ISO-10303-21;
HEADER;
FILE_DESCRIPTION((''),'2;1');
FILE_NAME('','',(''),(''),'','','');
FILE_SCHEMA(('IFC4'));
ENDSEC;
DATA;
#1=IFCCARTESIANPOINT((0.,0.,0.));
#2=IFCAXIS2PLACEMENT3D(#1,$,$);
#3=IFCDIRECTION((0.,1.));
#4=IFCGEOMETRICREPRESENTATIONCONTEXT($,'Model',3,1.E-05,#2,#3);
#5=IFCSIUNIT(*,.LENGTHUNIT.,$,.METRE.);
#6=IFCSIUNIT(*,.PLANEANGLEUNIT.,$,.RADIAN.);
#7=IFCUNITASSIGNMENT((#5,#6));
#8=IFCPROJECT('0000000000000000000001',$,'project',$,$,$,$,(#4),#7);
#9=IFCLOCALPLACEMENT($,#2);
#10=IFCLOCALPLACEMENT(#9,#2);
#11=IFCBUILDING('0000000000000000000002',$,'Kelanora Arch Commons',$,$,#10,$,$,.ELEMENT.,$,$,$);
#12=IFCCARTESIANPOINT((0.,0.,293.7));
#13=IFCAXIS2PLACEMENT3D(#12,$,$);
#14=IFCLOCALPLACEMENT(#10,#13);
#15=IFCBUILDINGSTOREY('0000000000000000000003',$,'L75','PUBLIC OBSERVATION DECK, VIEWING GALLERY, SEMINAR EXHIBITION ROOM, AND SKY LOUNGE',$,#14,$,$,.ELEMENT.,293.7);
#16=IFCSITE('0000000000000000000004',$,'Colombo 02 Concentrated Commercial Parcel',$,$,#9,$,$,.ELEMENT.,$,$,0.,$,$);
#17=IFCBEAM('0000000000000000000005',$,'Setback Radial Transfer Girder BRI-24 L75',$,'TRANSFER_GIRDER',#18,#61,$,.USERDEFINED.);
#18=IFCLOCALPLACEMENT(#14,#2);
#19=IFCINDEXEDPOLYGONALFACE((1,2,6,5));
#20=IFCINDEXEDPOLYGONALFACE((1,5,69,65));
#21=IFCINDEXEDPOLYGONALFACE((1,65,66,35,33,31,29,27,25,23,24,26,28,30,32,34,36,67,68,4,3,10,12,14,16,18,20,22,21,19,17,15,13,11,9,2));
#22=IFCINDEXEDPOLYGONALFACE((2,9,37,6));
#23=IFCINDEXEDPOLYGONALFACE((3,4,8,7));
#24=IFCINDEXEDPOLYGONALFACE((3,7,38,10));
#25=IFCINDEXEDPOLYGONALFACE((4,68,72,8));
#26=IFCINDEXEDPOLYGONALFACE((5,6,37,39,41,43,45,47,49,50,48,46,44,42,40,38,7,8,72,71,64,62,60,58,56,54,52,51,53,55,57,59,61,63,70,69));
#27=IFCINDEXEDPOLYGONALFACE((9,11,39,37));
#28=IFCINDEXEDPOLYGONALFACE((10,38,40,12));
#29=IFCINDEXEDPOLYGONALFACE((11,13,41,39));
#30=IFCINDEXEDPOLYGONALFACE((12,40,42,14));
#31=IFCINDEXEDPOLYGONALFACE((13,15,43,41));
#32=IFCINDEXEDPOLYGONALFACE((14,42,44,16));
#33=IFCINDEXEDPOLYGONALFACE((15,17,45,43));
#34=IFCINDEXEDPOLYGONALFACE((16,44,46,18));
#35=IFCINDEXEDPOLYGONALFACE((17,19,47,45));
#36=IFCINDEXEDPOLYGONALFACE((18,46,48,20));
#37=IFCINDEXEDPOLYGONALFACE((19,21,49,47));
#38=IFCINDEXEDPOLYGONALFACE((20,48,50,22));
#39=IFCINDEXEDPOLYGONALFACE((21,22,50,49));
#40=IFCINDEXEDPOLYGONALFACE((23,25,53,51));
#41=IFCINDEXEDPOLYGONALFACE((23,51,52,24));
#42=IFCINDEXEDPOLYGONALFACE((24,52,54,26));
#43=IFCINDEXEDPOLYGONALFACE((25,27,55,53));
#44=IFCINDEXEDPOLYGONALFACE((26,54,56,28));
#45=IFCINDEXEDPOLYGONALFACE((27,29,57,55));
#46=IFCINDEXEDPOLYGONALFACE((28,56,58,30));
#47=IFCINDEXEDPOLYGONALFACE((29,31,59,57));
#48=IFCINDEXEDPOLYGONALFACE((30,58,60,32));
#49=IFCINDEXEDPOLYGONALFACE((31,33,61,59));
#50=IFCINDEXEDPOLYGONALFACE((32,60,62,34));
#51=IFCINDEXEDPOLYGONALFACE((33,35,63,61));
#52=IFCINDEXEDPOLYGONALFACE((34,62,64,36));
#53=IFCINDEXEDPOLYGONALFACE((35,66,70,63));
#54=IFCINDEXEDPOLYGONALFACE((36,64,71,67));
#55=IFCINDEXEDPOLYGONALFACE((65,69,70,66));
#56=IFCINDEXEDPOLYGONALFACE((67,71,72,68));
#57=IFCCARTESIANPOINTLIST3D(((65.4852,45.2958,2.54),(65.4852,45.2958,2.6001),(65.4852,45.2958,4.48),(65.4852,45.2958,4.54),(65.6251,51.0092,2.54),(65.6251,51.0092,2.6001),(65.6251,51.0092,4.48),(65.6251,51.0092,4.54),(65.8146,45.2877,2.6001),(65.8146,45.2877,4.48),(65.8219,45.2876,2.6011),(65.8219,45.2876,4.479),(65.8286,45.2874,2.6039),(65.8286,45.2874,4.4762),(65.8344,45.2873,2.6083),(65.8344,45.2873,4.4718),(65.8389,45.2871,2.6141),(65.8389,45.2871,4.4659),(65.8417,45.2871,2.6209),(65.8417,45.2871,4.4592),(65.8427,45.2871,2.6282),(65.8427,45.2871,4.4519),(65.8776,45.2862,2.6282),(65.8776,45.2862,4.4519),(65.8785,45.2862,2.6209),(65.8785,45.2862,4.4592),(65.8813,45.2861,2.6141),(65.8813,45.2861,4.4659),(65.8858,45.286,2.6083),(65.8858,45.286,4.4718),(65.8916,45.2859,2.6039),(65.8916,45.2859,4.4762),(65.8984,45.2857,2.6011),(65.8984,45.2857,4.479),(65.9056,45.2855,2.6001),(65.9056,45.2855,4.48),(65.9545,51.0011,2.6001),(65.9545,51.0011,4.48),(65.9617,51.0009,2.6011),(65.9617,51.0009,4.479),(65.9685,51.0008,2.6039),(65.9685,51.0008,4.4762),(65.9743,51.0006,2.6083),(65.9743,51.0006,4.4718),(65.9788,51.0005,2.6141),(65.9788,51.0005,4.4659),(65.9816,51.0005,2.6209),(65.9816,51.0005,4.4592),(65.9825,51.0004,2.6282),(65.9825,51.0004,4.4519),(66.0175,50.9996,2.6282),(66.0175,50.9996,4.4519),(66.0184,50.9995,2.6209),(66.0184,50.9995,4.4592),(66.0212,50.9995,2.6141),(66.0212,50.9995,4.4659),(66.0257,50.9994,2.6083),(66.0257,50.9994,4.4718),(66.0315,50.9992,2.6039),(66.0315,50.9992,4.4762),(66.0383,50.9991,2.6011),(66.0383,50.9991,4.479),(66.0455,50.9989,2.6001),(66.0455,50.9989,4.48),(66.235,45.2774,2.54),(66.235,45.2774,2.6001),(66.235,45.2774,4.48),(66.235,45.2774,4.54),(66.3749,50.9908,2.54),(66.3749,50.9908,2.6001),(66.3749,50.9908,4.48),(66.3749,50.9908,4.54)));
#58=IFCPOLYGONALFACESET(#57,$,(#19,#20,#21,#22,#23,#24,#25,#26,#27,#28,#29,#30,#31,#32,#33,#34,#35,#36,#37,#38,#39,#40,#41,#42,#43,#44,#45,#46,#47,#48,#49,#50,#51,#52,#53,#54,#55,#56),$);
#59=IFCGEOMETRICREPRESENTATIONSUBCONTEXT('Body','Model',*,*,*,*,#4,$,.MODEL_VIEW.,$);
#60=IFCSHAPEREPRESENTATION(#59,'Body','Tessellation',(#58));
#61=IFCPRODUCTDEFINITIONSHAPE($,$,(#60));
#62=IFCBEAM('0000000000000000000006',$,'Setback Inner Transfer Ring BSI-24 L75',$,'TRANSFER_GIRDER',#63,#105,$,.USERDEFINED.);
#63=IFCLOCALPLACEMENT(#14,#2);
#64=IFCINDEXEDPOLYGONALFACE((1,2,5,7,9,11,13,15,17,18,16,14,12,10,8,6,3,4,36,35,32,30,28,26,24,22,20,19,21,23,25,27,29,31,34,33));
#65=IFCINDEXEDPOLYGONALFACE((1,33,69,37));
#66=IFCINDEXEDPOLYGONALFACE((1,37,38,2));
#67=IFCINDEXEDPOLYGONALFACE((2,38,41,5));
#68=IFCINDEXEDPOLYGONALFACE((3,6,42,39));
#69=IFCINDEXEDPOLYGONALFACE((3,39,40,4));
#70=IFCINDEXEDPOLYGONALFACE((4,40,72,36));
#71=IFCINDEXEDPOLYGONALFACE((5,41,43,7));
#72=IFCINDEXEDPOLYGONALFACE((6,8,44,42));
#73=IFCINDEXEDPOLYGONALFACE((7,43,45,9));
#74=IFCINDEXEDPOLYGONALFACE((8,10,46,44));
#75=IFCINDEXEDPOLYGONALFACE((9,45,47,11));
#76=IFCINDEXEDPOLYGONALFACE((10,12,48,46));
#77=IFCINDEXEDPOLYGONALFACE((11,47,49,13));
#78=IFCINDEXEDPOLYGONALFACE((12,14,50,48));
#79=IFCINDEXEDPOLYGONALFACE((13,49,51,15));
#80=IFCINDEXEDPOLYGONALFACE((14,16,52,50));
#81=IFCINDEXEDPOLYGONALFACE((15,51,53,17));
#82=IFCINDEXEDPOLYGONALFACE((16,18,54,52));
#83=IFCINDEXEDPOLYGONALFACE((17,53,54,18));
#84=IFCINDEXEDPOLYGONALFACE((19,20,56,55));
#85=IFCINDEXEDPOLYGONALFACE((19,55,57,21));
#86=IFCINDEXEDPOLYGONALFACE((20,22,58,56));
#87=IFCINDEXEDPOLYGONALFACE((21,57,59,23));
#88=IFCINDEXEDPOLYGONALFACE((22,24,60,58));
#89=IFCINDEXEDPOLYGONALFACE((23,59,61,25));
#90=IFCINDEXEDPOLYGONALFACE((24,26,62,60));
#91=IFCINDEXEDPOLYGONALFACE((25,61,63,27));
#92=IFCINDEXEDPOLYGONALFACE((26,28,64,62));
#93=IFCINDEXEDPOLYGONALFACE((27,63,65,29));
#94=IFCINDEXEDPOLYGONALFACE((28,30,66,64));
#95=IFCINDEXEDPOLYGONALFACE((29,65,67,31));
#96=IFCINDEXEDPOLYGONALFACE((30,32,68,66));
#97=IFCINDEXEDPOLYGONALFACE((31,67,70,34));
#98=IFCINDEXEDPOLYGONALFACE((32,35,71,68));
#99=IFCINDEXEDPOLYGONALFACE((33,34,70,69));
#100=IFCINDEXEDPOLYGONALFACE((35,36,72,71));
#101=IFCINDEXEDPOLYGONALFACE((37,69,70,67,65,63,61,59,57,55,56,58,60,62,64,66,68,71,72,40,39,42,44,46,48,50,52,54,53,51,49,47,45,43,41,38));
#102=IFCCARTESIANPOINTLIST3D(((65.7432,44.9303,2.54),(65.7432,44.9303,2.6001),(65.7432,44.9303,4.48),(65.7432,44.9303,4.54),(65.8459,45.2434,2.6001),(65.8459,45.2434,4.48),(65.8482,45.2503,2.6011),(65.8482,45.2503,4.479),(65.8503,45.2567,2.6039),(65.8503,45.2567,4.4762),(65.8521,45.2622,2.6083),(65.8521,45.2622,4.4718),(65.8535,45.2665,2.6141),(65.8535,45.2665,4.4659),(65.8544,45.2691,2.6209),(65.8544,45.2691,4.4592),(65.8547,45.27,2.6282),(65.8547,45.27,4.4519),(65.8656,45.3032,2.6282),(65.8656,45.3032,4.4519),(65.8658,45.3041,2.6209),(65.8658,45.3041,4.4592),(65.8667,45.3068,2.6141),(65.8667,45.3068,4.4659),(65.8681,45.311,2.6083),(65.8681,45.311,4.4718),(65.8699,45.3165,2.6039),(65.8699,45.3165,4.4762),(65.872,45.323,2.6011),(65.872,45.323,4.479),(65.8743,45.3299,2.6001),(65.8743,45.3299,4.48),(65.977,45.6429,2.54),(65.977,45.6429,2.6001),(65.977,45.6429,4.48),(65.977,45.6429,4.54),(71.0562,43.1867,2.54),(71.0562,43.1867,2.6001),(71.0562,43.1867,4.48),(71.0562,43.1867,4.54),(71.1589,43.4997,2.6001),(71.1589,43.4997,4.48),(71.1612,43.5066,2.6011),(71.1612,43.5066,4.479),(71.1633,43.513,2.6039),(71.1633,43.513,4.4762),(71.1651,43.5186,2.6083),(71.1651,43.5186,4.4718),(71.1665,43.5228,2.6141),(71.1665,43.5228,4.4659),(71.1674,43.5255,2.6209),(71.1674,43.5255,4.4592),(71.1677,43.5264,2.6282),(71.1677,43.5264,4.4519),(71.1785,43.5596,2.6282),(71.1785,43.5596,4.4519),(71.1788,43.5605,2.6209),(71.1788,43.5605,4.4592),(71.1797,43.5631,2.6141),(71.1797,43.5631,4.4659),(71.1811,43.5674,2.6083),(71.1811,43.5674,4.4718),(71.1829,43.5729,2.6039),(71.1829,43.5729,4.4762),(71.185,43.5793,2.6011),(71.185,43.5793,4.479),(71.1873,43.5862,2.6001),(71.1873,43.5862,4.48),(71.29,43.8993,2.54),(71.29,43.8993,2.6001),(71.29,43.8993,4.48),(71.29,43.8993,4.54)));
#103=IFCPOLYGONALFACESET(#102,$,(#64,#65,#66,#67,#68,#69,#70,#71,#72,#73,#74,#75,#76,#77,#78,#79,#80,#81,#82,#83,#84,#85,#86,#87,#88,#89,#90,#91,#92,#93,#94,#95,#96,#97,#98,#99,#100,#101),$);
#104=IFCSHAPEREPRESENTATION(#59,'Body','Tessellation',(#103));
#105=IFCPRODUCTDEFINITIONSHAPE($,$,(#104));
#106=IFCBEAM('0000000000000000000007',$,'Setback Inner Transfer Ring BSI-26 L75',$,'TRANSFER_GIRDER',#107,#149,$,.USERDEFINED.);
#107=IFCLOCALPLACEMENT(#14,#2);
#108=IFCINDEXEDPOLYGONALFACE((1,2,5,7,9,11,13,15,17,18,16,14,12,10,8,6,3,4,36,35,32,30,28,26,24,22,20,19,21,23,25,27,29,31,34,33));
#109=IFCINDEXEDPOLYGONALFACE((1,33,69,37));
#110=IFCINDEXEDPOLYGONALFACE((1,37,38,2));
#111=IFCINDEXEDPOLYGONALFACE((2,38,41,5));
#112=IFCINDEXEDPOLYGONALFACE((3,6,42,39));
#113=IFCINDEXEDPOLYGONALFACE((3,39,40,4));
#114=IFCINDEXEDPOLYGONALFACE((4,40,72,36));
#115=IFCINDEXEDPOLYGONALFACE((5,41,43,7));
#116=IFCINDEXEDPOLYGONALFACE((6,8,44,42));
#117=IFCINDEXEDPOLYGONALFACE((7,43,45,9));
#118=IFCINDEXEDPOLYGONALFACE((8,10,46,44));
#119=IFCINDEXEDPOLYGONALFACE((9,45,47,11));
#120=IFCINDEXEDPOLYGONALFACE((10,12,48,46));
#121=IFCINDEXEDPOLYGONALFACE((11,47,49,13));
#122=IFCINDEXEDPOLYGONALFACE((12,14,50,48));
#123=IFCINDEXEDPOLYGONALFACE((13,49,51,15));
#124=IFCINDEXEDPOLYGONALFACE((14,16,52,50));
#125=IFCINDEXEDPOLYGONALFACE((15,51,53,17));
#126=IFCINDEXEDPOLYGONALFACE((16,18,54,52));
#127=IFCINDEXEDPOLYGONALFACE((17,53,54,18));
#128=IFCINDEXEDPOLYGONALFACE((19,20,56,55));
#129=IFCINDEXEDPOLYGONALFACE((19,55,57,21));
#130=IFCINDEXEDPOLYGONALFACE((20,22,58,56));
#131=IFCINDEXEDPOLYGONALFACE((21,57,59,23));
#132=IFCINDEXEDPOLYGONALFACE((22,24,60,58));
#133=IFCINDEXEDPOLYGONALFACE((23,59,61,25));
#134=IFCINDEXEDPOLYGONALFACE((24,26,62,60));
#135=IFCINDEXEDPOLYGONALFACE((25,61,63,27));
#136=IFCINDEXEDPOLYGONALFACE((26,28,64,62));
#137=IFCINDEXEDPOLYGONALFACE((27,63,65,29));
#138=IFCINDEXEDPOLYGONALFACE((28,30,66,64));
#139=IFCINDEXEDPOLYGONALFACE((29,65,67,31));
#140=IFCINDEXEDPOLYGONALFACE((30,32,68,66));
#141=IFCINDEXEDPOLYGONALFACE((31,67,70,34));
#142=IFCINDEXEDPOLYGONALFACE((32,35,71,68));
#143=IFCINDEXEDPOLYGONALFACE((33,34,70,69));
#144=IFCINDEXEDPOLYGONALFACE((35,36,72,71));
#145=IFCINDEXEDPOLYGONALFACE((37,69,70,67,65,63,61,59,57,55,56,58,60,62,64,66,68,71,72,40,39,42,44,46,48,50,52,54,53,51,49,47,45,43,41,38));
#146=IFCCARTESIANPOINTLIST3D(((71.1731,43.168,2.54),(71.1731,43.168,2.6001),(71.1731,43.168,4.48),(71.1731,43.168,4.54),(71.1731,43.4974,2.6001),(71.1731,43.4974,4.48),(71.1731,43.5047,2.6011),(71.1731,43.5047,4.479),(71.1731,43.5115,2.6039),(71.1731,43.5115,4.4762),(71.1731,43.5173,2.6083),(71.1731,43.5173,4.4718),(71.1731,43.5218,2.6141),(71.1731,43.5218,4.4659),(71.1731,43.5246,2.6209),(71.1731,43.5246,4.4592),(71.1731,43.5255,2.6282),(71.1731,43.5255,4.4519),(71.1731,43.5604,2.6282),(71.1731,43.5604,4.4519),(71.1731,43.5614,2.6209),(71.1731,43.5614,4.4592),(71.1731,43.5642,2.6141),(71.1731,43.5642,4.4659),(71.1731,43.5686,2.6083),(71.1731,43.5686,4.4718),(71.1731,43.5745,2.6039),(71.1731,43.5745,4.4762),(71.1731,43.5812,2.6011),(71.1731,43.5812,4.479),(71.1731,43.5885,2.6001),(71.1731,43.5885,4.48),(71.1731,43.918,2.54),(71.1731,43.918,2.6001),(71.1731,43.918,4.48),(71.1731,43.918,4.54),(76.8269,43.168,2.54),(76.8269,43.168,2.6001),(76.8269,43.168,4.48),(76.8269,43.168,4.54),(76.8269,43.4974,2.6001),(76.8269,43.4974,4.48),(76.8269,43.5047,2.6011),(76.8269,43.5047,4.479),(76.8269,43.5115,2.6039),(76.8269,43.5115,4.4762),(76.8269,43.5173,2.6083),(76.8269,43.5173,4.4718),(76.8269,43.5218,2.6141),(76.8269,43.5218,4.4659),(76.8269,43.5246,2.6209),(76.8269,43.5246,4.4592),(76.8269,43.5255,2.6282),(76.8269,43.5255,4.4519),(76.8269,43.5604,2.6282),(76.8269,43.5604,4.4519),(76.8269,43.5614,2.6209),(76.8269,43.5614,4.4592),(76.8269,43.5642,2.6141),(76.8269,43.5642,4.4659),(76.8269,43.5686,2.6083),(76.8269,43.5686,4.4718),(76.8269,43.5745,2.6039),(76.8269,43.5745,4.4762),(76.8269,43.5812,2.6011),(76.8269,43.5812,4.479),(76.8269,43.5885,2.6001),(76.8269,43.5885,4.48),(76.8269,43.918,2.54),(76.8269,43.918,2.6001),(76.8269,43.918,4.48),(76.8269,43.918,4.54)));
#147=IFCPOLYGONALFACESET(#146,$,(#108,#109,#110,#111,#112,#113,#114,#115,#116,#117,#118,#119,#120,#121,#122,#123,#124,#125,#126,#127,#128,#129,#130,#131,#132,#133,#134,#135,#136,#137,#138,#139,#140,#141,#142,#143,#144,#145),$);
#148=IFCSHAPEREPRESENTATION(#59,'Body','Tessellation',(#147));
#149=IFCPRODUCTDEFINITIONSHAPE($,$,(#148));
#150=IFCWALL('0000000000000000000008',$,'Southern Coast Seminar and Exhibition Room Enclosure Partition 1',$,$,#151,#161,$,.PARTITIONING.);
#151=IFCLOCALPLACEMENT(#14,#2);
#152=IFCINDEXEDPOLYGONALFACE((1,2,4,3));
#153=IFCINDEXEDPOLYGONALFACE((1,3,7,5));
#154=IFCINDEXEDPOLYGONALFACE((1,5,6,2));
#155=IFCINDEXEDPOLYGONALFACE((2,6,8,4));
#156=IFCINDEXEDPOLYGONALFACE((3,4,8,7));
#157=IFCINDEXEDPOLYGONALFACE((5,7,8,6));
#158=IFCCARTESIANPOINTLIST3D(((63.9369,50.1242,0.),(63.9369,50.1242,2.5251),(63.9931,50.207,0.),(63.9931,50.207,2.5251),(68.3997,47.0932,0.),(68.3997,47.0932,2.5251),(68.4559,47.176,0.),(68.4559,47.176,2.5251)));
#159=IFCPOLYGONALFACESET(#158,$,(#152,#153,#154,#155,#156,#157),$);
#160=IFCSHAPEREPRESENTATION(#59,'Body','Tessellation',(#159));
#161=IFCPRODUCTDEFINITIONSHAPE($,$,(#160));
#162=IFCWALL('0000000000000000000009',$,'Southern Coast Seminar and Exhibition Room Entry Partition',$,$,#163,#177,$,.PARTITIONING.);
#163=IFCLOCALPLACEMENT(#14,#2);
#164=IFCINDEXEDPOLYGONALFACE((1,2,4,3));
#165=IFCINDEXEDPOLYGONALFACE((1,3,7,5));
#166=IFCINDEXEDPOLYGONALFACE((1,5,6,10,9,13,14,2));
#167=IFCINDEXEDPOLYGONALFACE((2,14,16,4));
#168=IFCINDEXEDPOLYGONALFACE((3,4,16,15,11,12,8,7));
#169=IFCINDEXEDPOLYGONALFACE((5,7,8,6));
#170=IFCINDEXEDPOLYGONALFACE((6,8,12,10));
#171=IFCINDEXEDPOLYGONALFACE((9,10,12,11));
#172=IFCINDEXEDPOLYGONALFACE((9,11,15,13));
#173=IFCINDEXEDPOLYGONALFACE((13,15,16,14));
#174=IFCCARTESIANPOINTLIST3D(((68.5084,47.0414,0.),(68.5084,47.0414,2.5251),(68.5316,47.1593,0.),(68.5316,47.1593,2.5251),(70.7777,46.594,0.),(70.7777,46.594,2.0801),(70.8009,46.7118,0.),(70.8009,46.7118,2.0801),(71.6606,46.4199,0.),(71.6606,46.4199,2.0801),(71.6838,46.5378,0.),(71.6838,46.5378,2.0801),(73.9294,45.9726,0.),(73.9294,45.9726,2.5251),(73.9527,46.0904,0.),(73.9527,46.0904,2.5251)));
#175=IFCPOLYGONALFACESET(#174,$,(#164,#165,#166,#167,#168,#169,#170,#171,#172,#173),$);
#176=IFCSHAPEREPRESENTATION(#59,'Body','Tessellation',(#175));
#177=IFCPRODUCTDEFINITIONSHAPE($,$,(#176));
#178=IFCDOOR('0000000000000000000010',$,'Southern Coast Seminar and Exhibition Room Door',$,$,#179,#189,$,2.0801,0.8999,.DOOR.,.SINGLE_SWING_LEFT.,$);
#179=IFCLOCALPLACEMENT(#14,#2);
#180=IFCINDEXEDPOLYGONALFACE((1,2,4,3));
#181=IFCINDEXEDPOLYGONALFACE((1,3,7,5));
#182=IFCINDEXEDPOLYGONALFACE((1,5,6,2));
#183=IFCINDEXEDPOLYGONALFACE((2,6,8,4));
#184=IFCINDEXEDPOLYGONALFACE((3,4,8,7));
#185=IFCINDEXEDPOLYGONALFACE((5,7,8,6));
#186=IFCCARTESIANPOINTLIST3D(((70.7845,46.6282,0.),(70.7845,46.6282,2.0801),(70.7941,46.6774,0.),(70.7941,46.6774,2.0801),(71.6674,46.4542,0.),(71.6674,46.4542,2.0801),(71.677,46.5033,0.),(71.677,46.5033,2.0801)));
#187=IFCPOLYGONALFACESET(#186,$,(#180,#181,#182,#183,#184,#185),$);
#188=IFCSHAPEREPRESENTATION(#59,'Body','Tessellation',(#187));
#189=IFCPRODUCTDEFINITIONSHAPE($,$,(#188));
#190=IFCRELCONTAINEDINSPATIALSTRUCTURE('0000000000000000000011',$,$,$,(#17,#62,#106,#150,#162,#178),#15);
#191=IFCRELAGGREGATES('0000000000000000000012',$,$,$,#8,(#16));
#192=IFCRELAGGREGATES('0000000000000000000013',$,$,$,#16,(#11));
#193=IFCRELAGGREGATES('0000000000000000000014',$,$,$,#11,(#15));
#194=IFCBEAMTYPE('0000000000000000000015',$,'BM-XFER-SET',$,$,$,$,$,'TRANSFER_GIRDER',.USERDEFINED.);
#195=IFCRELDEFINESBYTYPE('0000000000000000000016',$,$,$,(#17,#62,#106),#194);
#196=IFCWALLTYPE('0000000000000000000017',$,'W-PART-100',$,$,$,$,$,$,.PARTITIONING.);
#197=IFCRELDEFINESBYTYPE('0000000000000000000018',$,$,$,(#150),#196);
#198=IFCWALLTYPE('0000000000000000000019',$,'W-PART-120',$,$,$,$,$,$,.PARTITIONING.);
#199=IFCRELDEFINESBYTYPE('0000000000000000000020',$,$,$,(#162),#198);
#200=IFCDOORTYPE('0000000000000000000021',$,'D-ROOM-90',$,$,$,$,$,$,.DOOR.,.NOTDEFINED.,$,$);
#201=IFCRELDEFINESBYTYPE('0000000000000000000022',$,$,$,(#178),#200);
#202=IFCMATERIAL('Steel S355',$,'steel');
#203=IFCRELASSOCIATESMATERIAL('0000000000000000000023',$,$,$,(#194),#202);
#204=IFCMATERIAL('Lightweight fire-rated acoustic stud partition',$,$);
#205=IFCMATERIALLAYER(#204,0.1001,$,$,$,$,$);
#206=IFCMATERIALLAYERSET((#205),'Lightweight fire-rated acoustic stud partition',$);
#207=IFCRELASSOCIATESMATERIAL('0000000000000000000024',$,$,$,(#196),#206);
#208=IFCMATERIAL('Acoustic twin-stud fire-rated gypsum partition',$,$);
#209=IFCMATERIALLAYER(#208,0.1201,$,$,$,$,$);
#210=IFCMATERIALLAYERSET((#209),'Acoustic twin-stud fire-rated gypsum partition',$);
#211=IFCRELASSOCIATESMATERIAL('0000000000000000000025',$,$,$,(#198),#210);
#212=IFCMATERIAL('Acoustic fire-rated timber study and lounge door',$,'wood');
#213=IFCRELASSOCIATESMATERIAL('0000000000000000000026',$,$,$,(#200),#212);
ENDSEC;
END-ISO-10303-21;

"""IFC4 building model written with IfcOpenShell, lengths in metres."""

from ifc_helpers import new_model, si_unit, direction, frame, frame_2d, origin, origin_2d, place, context, subcontext, project, spatial, rectangle, i_section, extrude, material, layer, layer_set, material_profile, profile_set, type_object, element, fill, save


model = new_model("IFC4")

# Units and contexts
model_context = context("Model", 3, precision=1e-05, world=origin(), true_north=direction((0.0, 1.0)))
body_context = subcontext(model_context, "Body", "Model", "MODEL_VIEW")
ifc_project = project(units=[si_unit("LENGTHUNIT", "METRE"), si_unit("PLANEANGLEUNIT", "RADIAN")], contexts=[model_context])

# Site, building, storey
site_placement = place(None, origin())
site = spatial("IfcSite", under=ifc_project, at=site_placement, Name="Colombo 02 Concentrated Commercial Parcel", CompositionType="ELEMENT", RefElevation=0.0)
building_placement = place(site_placement, origin())
building = spatial("IfcBuilding", under=site, at=building_placement, Name="Kelanora Arch Commons", CompositionType="ELEMENT")
storey_placement = place(building_placement, frame((0.0, 0.0, 293.7)))
storey = spatial("IfcBuildingStorey", under=building, at=storey_placement, Name="L75", Description="PUBLIC OBSERVATION DECK, VIEWING GALLERY, SEMINAR EXHIBITION ROOM, AND SKY LOUNGE", CompositionType="ELEMENT", Elevation=293.7)

# Beams
ifc_material_1 = material(Name="Steel S355", Category="steel")
ifc_material_profile_1 = material_profile(ifc_material_1, i_section(OverallWidth=0.75, OverallDepth=2.0, WebThickness=0.0349, FlangeThickness=0.0601, FilletRadius=0.0281, at=origin_2d()), Name="PG2000x750")
ifc_profile_set_1 = profile_set([ifc_material_profile_1], Name="Steel S355")
beam_type_1 = type_object("IfcBeamType", Name="BM-XFER-SET", ElementType="TRANSFER_GIRDER", PredefinedType="USERDEFINED", material=ifc_profile_set_1)
beam_1_placement = place(storey_placement, frame((66.0, 51.0, 3.54), z_axis=(-0.024478, -0.9997, 0.0), x_axis=(0.9997, -0.024478, 0.0)))
element("IfcBeam", 1, at=beam_1_placement, inside=storey, type_object=beam_type_1, Name="Setback Radial Transfer Girder BRI-24 L75", ObjectType="TRANSFER_GIRDER", PredefinedType="USERDEFINED", context=body_context, shape_type="SweptSolid", body=[
    extrude(i_section(OverallWidth=0.75, OverallDepth=2.0, WebThickness=0.0349, FlangeThickness=0.0601, FilletRadius=0.0281, at=origin_2d()), origin(), (0.0, 0.0, 1.0), 5.7151),
])
beam_2_placement = place(storey_placement, frame((65.8601, 45.2866, 3.54), z_axis=(0.95014, -0.311823, 0.0), x_axis=(0.311823, 0.95014, 0.0)))
element("IfcBeam", 2, at=beam_2_placement, inside=storey, type_object=beam_type_1, Name="Setback Inner Transfer Ring BSI-24 L75", ObjectType="TRANSFER_GIRDER", PredefinedType="USERDEFINED", context=body_context, shape_type="SweptSolid", body=[
    extrude(i_section(OverallWidth=0.75, OverallDepth=2.0, WebThickness=0.0349, FlangeThickness=0.0601, FilletRadius=0.0281, at=origin_2d()), origin(), (0.0, 0.0, 1.0), 5.5918),
])
beam_3_placement = place(storey_placement, frame((71.1731, 43.543, 3.54), z_axis=(1.0, 0.0, 0.0), x_axis=(0.0, 1.0, 0.0)))
element("IfcBeam", 3, at=beam_3_placement, inside=storey, type_object=beam_type_1, Name="Setback Inner Transfer Ring BSI-26 L75", ObjectType="TRANSFER_GIRDER", PredefinedType="USERDEFINED", context=body_context, shape_type="SweptSolid", body=[
    extrude(i_section(OverallWidth=0.75, OverallDepth=2.0, WebThickness=0.0349, FlangeThickness=0.0601, FilletRadius=0.0281, at=origin_2d()), origin(), (0.0, 0.0, 1.0), 5.6538),
])

# Wall
ifc_material_2 = material(Name="Lightweight fire-rated acoustic stud partition")
ifc_layer_1 = layer(ifc_material_2, 0.1001)
ifc_layer_set_1 = layer_set([ifc_layer_1], Name="Lightweight fire-rated acoustic stud partition")
wall_type_1 = type_object("IfcWallType", Name="W-PART-100", PredefinedType="PARTITIONING", material=ifc_layer_set_1)
wall_1_placement = place(storey_placement, frame((63.9651, 50.1655, 0.0), z_axis=(0.0, 0.0, 1.0), x_axis=(0.82725, -0.561833, 0.0)))
element("IfcWall", 4, at=wall_1_placement, inside=storey, type_object=wall_type_1, Name="Southern Coast Seminar and Exhibition Room Enclosure Partition 1", PredefinedType="PARTITIONING", context=body_context, shape_type="SweptSolid", body=[
    extrude(rectangle(XDim=5.3948, YDim=0.1001, at=frame_2d((2.6973, 0.0))), origin(), (0.0, 0.0, 1.0), 2.5251),
])

# Wall, opening, door
ifc_material_3 = material(Name="Acoustic twin-stud fire-rated gypsum partition")
ifc_layer_2 = layer(ifc_material_3, 0.1201)
ifc_layer_set_2 = layer_set([ifc_layer_2], Name="Acoustic twin-stud fire-rated gypsum partition")
wall_type_2 = type_object("IfcWallType", Name="W-PART-120", PredefinedType="PARTITIONING", material=ifc_layer_set_2)
wall_2_placement = place(storey_placement, frame((68.52, 47.1003, 0.0), z_axis=(0.0, 0.0, 1.0), x_axis=(0.981112, -0.193439, 0.0)))
wall_2 = element("IfcWall", 5, at=wall_2_placement, inside=storey, type_object=wall_type_2, Name="Southern Coast Seminar and Exhibition Room Entry Partition", PredefinedType="PARTITIONING", context=body_context, shape_type="SweptSolid", body=[
    extrude(rectangle(XDim=5.5254, YDim=0.1201, at=frame_2d((2.7627, 0.0))), origin(), (0.0, 0.0, 1.0), 2.5251),
])
opening_placement = place(wall_2_placement, frame((2.313, 0.0, 0.0)))
opening = element("IfcOpeningElement", 6, at=opening_placement, cuts=wall_2, PredefinedType="OPENING", context=body_context, shape_type="SweptSolid", body=[
    extrude(rectangle(XDim=0.8999, YDim=2.0801, at=frame_2d((0.45, 1.04))), frame((0.0, 0.0701, 0.0), z_axis=(0.0, -1.0, 0.0), x_axis=(1.0, 0.0, 0.0)), (0.0, 0.0, 1.0), 0.1401),
])
ifc_material_4 = material(Name="Acoustic fire-rated timber study and lounge door", Category="wood")
door_type = type_object("IfcDoorType", Name="D-ROOM-90", OperationType="NOTDEFINED", PredefinedType="DOOR", material=ifc_material_4)
door_placement = place(opening_placement, origin())
door = element("IfcDoor", 7, at=door_placement, inside=storey, type_object=door_type, Name="Southern Coast Seminar and Exhibition Room Door", OperationType="SINGLE_SWING_LEFT", OverallHeight=2.0801, OverallWidth=0.8999, PredefinedType="DOOR", context=body_context, shape_type="SweptSolid", body=[
    extrude(rectangle(XDim=0.8999, YDim=2.0801, at=frame_2d((0.45, 1.04))), frame((0.0, 0.0249, 0.0), z_axis=(0.0, -1.0, 0.0), x_axis=(1.0, 0.0, 0.0)), (0.0, 0.0, 1.0), 0.05),
])
fill(opening, door)

save(model, "model.ifc")
